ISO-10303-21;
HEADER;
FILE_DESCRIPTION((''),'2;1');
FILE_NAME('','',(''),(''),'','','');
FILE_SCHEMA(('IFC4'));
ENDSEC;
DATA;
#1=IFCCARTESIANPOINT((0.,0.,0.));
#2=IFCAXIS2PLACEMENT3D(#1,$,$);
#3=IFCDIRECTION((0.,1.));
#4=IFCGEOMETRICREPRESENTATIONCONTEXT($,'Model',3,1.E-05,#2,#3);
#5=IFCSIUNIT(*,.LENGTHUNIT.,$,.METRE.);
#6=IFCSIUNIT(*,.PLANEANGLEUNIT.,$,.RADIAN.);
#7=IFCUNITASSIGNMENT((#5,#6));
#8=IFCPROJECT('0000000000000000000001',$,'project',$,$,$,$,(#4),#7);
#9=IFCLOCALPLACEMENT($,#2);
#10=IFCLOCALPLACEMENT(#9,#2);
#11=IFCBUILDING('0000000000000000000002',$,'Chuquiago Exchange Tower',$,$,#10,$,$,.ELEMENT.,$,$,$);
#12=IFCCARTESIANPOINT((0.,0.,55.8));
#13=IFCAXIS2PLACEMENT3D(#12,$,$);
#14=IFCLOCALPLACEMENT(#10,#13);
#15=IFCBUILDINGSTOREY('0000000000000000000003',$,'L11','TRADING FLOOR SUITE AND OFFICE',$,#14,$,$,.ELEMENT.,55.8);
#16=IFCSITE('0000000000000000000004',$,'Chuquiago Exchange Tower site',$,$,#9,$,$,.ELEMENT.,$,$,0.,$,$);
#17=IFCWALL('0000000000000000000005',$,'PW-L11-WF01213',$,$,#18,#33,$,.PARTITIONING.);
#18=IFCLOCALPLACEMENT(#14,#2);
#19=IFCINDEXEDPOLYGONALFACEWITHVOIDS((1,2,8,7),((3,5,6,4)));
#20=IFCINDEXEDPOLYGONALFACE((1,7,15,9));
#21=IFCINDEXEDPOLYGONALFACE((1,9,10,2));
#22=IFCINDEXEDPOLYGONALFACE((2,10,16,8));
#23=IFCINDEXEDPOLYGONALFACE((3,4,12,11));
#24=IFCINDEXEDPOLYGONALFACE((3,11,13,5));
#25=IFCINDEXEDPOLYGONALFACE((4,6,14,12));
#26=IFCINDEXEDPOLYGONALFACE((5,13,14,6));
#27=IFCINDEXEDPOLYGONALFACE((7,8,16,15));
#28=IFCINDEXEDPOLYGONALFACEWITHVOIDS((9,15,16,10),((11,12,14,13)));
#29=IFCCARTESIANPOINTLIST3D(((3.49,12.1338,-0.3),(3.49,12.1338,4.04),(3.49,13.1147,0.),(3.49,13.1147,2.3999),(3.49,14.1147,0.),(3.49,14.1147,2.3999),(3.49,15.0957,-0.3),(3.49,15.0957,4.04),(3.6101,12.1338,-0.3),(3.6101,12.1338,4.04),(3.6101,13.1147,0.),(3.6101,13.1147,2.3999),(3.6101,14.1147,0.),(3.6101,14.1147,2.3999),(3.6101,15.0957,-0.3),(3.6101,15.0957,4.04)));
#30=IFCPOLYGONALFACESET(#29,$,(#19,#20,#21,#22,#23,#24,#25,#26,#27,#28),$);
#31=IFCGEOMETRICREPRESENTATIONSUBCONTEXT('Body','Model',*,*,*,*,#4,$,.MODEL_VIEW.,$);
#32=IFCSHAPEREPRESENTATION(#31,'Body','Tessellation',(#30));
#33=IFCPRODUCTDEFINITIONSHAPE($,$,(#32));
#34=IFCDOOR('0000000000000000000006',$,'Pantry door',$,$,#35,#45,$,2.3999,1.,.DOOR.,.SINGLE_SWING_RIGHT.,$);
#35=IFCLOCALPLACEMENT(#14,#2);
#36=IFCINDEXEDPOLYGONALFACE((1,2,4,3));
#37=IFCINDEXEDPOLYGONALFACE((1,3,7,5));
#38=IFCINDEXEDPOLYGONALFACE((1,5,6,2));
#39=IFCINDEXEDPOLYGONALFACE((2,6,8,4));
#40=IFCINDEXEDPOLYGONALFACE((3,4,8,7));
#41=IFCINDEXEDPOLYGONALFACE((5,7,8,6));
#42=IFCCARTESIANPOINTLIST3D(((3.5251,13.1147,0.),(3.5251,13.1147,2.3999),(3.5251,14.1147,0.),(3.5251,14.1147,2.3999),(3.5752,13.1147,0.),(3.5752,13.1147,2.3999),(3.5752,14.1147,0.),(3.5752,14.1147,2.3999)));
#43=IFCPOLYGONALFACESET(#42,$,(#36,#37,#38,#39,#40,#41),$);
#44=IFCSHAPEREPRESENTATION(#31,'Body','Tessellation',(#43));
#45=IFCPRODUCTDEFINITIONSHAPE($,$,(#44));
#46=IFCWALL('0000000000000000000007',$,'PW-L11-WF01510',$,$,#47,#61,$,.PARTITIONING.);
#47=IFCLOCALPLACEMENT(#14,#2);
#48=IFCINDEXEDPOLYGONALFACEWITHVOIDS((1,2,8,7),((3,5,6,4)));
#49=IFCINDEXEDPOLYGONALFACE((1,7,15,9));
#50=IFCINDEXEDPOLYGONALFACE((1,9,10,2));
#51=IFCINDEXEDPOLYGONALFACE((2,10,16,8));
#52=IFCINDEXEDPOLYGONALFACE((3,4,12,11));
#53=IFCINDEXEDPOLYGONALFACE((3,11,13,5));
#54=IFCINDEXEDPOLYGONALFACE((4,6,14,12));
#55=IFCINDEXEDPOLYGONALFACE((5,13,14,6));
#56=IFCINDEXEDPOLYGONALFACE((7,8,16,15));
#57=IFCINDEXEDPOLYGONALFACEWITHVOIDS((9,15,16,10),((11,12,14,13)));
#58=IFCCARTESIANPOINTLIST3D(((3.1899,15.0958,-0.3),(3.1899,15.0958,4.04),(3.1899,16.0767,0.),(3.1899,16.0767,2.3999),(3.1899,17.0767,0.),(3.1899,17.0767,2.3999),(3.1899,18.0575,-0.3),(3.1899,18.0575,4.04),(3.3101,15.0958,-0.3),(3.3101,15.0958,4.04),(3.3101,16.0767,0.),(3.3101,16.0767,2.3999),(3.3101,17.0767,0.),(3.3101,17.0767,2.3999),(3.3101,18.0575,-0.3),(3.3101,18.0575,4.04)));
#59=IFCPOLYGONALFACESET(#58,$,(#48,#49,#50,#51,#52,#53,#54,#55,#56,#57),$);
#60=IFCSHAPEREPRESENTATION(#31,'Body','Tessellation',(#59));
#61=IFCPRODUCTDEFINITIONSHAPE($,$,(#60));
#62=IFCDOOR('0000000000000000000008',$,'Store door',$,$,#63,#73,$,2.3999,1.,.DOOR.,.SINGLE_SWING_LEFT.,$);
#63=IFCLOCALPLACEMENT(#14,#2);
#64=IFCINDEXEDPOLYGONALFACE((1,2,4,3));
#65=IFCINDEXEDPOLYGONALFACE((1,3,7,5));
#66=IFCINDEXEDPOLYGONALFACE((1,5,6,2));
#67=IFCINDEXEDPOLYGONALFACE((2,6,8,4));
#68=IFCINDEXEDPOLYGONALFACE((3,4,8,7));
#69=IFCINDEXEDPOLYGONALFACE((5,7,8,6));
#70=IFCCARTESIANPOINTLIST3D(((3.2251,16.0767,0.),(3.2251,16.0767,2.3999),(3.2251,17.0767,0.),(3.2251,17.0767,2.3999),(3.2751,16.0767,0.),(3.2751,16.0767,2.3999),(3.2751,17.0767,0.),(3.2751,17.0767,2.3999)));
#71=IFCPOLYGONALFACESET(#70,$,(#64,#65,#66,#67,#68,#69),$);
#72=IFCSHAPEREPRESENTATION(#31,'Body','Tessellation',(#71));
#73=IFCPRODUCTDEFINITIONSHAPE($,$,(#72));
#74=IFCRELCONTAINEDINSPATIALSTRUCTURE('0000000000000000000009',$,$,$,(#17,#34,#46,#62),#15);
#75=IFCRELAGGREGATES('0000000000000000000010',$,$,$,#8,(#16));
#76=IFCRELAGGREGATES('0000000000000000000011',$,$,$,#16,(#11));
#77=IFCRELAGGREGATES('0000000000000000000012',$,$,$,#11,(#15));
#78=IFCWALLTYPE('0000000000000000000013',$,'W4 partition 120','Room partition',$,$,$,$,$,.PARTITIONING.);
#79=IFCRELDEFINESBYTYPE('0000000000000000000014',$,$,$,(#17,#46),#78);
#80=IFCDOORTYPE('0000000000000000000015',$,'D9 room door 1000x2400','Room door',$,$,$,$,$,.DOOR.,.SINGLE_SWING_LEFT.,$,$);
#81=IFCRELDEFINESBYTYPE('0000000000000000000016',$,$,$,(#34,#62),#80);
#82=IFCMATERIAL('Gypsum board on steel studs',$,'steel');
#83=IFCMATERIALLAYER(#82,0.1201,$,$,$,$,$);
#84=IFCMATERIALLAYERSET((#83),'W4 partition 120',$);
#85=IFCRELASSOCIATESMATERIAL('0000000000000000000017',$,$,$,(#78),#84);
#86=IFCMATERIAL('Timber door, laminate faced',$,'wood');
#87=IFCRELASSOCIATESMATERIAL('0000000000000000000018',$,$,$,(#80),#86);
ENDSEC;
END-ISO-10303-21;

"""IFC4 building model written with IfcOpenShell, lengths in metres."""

from ifc_helpers import new_model, si_unit, direction, frame, frame_2d, origin, place, context, subcontext, project, spatial, rectangle, extrude, material, layer, layer_set, type_object, element, fill, save


model = new_model("IFC4")

# Units and contexts
model_context = context("Model", 3, precision=1e-05, world=origin(), true_north=direction((0.0, 1.0)))
body_context = subcontext(model_context, "Body", "Model", "MODEL_VIEW")
ifc_project = project(units=[si_unit("LENGTHUNIT", "METRE"), si_unit("PLANEANGLEUNIT", "RADIAN")], contexts=[model_context])

# Site, building, storey
site_placement = place(None, origin())
site = spatial("IfcSite", under=ifc_project, at=site_placement, Name="Chuquiago Exchange Tower site", CompositionType="ELEMENT", RefElevation=0.0)
building_placement = place(site_placement, origin())
building = spatial("IfcBuilding", under=site, at=building_placement, Name="Chuquiago Exchange Tower", CompositionType="ELEMENT")
storey_placement = place(building_placement, frame((0.0, 0.0, 55.8)))
storey = spatial("IfcBuildingStorey", under=building, at=storey_placement, Name="L11", Description="TRADING FLOOR SUITE AND OFFICE", CompositionType="ELEMENT", Elevation=55.8)

# Shared definitions
ifc_material_1 = material(Name="Gypsum board on steel studs", Category="steel")
ifc_layer_1 = layer(ifc_material_1, 0.1201)
ifc_layer_set_1 = layer_set([ifc_layer_1], Name="W4 partition 120")
wall_type_1 = type_object("IfcWallType", Name="W4 partition 120", Description="Room partition", PredefinedType="PARTITIONING", material=ifc_layer_set_1)

# Shared definitions
ifc_material_2 = material(Name="Timber door, laminate faced", Category="wood")
door_type_1 = type_object("IfcDoorType", Name="D9 room door 1000x2400", Description="Room door", OperationType="SINGLE_SWING_LEFT", PredefinedType="DOOR", material=ifc_material_2)

# Walls, openings, doors
wall_1_placement = place(storey_placement, frame((3.55, 12.1338, -0.3), z_axis=(0.0, 0.0, 1.0), x_axis=(0.0, 1.0, 0.0)))
wall_1 = element("IfcWall", 1, at=wall_1_placement, inside=storey, type_object=wall_type_1, Name="PW-L11-WF01213", PredefinedType="PARTITIONING", context=body_context, shape_type="SweptSolid", body=[
    extrude(rectangle(XDim=2.9619, YDim=0.1201, at=frame_2d((1.481, 0.0))), origin(), (0.0, 0.0, 1.0), 4.3401),
])
opening_1_placement = place(wall_1_placement, frame((0.981, 0.0, 0.3)))
opening_1 = element("IfcOpeningElement", 2, at=opening_1_placement, cuts=wall_1, PredefinedType="OPENING", context=body_context, shape_type="SweptSolid", body=[
    extrude(rectangle(XDim=1.0, YDim=2.3999, at=frame_2d((0.5, 1.2))), frame((0.0, 0.0701, 0.0), z_axis=(0.0, -1.0, 0.0), x_axis=(1.0, 0.0, 0.0)), (0.0, 0.0, 1.0), 0.1401),
])
door_1_placement = place(opening_1_placement, origin())
door_1 = element("IfcDoor", 3, at=door_1_placement, inside=storey, type_object=door_type_1, Name="Pantry door", OperationType="SINGLE_SWING_RIGHT", OverallHeight=2.3999, OverallWidth=1.0, PredefinedType="DOOR", context=body_context, shape_type="SweptSolid", body=[
    extrude(rectangle(XDim=1.0, YDim=2.3999, at=frame_2d((0.5, 1.2))), frame((0.0, 0.0249, 0.0), z_axis=(0.0, -1.0, 0.0), x_axis=(1.0, 0.0, 0.0)), (0.0, 0.0, 1.0), 0.05),
])
fill(opening_1, door_1)
wall_2_placement = place(storey_placement, frame((3.25, 15.0957, -0.3), z_axis=(0.0, 0.0, 1.0), x_axis=(0.0, 1.0, 0.0)))
wall_2 = element("IfcWall", 4, at=wall_2_placement, inside=storey, type_object=wall_type_1, Name="PW-L11-WF01510", PredefinedType="PARTITIONING", context=body_context, shape_type="SweptSolid", body=[
    extrude(rectangle(XDim=2.9617, YDim=0.1201, at=frame_2d((1.481, 0.0))), origin(), (0.0, 0.0, 1.0), 4.3401),
])
opening_2_placement = place(wall_2_placement, frame((0.981, 0.0, 0.3)))
opening_2 = element("IfcOpeningElement", 5, at=opening_2_placement, cuts=wall_2, PredefinedType="OPENING", context=body_context, shape_type="SweptSolid", body=[
    extrude(rectangle(XDim=1.0, YDim=2.3999, at=frame_2d((0.5, 1.2))), frame((0.0, 0.0701, 0.0), z_axis=(0.0, -1.0, 0.0), x_axis=(1.0, 0.0, 0.0)), (0.0, 0.0, 1.0), 0.1401),
])
door_2_placement = place(opening_2_placement, origin())
door_2 = element("IfcDoor", 6, at=door_2_placement, inside=storey, type_object=door_type_1, Name="Store door", OperationType="SINGLE_SWING_LEFT", OverallHeight=2.3999, OverallWidth=1.0, PredefinedType="DOOR", context=body_context, shape_type="SweptSolid", body=[
    extrude(rectangle(XDim=1.0, YDim=2.3999, at=frame_2d((0.5, 1.2))), frame((0.0, 0.0249, 0.0), z_axis=(0.0, -1.0, 0.0), x_axis=(1.0, 0.0, 0.0)), (0.0, 0.0, 1.0), 0.05),
])
fill(opening_2, door_2)

save(model, "model.ifc")
